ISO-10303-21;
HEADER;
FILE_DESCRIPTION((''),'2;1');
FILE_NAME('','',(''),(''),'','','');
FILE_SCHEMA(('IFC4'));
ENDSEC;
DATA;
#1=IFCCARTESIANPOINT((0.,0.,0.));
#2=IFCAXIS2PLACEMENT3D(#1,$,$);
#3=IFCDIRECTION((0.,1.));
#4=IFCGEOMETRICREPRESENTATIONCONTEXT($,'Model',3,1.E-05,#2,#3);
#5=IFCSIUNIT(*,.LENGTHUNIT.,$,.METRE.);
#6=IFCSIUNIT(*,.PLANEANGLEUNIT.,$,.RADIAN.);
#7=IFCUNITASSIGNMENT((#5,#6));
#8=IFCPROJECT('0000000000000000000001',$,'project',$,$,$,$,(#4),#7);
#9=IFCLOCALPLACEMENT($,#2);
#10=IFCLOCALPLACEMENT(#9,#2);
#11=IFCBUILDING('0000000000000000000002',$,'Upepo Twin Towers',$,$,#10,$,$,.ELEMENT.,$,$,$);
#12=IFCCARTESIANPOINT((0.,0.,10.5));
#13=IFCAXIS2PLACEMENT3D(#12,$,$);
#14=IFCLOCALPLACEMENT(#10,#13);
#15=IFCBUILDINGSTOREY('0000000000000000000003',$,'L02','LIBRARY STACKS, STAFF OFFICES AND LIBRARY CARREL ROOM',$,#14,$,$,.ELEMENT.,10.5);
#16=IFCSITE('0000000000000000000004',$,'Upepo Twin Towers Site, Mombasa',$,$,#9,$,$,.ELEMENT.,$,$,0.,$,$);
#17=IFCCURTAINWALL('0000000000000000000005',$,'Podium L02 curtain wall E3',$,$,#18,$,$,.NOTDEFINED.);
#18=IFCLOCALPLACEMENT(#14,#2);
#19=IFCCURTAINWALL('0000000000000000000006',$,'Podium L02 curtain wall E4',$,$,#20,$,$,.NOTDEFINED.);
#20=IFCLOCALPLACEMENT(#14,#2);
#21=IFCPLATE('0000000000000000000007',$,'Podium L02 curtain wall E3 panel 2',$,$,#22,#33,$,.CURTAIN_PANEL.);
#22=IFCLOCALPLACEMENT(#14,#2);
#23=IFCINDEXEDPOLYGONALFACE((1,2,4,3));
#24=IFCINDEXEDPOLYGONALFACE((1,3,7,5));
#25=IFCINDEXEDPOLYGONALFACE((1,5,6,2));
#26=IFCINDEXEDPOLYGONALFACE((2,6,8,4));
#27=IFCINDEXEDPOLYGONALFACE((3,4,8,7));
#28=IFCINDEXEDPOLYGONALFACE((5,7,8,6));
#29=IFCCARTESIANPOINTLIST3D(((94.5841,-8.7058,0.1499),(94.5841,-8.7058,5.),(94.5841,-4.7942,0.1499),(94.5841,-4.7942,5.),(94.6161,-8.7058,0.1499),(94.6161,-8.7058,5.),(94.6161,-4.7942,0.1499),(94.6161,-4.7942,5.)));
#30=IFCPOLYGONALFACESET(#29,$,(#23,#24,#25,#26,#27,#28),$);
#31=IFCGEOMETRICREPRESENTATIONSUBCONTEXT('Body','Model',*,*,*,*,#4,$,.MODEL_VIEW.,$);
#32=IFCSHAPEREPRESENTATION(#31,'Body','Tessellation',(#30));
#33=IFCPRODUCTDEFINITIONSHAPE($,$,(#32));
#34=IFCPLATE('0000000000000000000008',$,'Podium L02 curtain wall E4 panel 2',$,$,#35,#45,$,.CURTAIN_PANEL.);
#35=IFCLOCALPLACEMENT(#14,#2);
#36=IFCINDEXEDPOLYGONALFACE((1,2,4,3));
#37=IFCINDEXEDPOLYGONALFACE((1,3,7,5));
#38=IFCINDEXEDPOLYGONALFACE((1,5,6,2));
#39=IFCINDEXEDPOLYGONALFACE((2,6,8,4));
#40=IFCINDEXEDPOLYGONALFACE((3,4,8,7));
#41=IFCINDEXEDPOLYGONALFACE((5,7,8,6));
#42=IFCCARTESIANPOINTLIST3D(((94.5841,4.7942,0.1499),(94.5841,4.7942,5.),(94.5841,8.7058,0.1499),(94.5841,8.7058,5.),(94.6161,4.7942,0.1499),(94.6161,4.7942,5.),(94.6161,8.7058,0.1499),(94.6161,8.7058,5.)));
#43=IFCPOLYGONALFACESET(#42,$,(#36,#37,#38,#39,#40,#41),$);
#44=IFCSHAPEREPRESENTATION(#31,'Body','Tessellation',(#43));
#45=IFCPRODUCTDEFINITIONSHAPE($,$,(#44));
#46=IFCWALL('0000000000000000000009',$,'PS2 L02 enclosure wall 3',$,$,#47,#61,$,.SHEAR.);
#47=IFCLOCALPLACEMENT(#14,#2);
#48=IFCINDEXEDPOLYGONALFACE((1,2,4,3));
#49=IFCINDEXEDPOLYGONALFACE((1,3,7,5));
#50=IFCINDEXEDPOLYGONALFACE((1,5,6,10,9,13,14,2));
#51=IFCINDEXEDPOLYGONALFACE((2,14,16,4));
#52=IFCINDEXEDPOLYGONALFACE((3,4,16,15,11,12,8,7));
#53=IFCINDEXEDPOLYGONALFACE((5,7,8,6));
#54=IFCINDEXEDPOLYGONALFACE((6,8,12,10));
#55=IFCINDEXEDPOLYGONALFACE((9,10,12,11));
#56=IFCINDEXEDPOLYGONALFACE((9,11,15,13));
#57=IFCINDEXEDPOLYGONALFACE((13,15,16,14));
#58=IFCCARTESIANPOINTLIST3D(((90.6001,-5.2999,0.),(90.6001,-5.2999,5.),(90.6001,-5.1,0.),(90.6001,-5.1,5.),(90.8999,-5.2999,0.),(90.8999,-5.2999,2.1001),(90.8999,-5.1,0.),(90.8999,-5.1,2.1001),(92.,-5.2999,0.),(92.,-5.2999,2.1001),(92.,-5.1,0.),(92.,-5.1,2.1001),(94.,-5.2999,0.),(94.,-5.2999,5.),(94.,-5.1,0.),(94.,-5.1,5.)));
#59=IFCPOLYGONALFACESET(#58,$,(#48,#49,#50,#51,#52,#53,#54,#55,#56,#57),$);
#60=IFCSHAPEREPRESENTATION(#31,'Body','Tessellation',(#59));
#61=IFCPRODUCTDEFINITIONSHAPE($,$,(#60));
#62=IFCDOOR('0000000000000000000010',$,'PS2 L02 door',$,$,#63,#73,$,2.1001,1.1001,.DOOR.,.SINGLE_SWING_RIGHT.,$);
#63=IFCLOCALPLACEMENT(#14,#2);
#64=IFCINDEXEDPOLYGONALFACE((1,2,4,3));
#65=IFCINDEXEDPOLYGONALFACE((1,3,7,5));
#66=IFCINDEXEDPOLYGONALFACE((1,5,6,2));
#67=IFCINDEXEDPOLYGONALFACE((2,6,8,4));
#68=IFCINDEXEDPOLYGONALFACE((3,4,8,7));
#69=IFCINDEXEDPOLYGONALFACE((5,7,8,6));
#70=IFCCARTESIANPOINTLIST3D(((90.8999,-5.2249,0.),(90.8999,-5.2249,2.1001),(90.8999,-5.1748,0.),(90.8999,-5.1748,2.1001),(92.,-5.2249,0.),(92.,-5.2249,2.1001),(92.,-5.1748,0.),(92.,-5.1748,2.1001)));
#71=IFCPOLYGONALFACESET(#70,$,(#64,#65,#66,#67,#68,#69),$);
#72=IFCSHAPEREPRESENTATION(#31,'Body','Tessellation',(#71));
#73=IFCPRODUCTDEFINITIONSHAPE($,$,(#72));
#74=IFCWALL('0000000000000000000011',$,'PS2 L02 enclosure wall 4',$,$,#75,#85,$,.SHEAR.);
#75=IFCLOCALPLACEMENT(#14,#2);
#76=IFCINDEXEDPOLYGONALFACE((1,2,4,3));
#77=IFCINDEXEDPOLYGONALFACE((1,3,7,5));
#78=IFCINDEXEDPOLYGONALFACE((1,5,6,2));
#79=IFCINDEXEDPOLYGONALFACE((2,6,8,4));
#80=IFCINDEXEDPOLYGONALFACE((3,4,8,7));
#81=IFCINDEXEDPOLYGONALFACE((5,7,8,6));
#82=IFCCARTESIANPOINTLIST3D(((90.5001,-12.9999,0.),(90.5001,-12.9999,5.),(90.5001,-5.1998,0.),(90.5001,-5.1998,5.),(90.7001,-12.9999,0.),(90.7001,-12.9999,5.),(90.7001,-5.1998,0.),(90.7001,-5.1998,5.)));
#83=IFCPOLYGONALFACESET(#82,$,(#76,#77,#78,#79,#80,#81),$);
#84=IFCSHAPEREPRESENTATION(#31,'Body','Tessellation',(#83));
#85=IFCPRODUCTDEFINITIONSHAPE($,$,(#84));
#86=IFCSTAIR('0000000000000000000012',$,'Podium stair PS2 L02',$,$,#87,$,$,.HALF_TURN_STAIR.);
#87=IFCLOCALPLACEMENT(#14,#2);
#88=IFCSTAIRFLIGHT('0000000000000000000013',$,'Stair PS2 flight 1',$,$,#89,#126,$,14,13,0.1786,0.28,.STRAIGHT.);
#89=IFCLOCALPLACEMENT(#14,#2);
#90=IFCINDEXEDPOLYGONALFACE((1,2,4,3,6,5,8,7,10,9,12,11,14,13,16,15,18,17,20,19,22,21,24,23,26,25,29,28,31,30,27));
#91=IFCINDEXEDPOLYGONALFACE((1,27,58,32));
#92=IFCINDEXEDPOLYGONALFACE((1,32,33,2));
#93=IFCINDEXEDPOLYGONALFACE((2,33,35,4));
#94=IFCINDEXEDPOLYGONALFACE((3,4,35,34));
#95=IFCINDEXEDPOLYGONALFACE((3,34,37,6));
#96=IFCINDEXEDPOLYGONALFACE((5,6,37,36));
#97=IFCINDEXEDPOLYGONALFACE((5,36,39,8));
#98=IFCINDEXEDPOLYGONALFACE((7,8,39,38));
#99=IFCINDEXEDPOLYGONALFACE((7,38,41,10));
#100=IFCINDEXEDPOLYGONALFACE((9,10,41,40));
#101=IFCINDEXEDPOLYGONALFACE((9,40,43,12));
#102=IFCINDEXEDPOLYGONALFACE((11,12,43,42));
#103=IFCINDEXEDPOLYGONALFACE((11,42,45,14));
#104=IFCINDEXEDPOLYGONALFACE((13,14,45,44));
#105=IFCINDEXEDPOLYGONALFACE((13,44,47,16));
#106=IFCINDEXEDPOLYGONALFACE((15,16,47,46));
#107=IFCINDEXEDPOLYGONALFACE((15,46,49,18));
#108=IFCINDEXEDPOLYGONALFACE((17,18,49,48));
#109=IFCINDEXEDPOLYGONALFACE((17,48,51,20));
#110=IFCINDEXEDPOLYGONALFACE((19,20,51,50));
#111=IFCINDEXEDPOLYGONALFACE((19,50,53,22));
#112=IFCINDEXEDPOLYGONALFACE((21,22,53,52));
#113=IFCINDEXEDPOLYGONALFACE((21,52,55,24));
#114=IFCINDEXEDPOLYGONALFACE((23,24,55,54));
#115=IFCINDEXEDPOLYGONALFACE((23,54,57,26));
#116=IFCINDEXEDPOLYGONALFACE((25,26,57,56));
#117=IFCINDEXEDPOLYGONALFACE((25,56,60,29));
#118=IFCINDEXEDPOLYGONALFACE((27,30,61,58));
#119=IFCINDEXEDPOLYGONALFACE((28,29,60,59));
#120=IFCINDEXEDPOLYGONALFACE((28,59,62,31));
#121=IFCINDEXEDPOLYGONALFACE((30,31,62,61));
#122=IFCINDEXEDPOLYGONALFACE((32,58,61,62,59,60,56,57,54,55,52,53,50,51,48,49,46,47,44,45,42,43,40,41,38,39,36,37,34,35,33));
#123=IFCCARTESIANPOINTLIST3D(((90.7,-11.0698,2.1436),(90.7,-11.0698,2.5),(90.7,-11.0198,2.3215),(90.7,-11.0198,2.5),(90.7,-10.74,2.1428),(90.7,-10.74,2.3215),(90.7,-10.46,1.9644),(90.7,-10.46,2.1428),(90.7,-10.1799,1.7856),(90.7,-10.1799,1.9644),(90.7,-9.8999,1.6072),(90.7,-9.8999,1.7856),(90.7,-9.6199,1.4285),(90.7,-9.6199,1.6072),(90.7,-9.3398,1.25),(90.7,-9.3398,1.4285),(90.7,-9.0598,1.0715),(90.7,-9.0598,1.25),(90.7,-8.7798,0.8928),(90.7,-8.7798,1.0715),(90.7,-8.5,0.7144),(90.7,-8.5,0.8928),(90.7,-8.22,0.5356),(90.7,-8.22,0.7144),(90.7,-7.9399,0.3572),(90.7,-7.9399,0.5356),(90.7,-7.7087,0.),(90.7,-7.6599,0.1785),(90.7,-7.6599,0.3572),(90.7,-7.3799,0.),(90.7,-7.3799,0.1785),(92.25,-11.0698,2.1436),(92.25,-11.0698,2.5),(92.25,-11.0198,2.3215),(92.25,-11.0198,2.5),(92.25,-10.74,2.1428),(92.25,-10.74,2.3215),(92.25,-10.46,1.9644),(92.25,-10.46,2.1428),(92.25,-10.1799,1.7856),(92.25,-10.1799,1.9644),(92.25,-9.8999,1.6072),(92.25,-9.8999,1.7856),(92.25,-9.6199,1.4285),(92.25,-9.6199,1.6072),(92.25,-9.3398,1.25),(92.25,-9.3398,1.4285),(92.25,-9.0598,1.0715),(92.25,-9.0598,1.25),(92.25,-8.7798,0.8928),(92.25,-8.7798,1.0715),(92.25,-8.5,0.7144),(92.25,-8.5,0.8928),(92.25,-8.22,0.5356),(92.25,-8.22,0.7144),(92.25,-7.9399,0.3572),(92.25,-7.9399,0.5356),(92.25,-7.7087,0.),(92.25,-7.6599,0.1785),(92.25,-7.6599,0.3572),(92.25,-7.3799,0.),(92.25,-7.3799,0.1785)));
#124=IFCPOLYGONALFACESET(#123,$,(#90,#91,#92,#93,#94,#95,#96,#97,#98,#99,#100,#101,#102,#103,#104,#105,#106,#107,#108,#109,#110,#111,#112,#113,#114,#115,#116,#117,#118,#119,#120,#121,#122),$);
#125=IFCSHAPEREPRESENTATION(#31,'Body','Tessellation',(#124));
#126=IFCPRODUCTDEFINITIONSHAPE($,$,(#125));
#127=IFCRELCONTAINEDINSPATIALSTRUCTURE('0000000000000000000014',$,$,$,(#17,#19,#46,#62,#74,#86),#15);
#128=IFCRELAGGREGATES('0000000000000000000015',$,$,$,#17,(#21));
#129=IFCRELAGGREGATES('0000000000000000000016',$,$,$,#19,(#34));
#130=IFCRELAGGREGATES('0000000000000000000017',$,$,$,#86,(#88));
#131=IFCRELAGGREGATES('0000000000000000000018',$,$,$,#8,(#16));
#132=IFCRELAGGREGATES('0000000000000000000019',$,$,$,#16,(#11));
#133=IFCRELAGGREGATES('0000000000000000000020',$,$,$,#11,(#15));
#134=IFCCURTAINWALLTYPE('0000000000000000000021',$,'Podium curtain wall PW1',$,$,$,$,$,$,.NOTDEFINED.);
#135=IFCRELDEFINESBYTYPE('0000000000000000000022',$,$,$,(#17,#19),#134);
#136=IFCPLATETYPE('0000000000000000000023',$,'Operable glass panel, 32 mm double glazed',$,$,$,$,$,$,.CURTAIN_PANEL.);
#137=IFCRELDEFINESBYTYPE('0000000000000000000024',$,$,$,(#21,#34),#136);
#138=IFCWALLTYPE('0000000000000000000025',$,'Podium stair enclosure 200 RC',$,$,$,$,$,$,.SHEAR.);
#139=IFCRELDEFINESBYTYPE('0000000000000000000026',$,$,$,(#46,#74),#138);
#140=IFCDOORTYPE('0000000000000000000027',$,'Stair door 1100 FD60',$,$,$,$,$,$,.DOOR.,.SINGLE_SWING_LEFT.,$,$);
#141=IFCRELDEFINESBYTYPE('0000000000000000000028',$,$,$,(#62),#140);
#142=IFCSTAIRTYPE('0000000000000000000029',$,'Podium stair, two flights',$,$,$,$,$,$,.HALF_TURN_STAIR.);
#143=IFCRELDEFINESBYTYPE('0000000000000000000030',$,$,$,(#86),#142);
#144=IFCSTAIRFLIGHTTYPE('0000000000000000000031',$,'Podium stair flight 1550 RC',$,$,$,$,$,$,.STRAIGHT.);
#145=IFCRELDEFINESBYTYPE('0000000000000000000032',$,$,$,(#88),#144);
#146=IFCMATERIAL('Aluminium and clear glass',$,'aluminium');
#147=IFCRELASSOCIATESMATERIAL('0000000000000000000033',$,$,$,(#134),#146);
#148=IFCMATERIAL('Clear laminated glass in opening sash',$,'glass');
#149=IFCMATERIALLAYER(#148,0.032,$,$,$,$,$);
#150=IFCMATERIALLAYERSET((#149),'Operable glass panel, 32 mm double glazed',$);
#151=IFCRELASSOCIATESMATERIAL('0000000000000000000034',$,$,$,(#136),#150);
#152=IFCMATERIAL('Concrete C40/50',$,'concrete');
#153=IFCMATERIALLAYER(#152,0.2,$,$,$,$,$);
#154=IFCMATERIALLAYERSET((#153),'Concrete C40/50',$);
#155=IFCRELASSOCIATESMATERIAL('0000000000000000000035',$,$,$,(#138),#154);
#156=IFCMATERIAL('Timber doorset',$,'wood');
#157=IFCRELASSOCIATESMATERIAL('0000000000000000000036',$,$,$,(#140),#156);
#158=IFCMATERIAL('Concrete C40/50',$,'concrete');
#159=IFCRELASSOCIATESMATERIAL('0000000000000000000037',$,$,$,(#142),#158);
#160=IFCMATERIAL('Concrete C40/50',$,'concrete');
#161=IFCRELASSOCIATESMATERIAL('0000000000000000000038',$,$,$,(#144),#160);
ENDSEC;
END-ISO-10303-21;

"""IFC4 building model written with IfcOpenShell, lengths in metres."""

from ifc_helpers import new_model, si_unit, direction, frame, frame_2d, origin, origin_2d, place, context, subcontext, project, spatial, polyline, rectangle, outline, extrude, material, layer, layer_set, type_object, element, fill, aggregate, save


model = new_model("IFC4")

# Units and contexts
model_context = context("Model", 3, precision=1e-05, world=origin(), true_north=direction((0.0, 1.0)))
body_context = subcontext(model_context, "Body", "Model", "MODEL_VIEW")
ifc_project = project(units=[si_unit("LENGTHUNIT", "METRE"), si_unit("PLANEANGLEUNIT", "RADIAN")], contexts=[model_context])

# Site, building, storey
site_placement = place(None, origin())
site = spatial("IfcSite", under=ifc_project, at=site_placement, Name="Upepo Twin Towers Site, Mombasa", CompositionType="ELEMENT", RefElevation=0.0)
building_placement = place(site_placement, origin())
building = spatial("IfcBuilding", under=site, at=building_placement, Name="Upepo Twin Towers", CompositionType="ELEMENT")
storey_placement = place(building_placement, frame((0.0, 0.0, 10.5)))
storey = spatial("IfcBuildingStorey", under=building, at=storey_placement, Name="L02", Description="LIBRARY STACKS, STAFF OFFICES AND LIBRARY CARREL ROOM", CompositionType="ELEMENT", Elevation=10.5)

# Curtain walls
ifc_material_1 = material(Name="Aluminium and clear glass", Category="aluminium")
curtain_wall_type = type_object("IfcCurtainWallType", Name="Podium curtain wall PW1", PredefinedType="NOTDEFINED", material=ifc_material_1)
curtain_wall_1_placement = place(storey_placement, origin())
curtain_wall_1 = element("IfcCurtainWall", 1, at=curtain_wall_1_placement, inside=storey, type_object=curtain_wall_type, Name="Podium L02 curtain wall E3", PredefinedType="NOTDEFINED")
curtain_wall_2_placement = place(storey_placement, origin())
curtain_wall_2 = element("IfcCurtainWall", 2, at=curtain_wall_2_placement, inside=storey, type_object=curtain_wall_type, Name="Podium L02 curtain wall E4", PredefinedType="NOTDEFINED")

# Plates
ifc_material_2 = material(Name="Clear laminated glass in opening sash", Category="glass")
ifc_layer_1 = layer(ifc_material_2, 0.032)
ifc_layer_set_1 = layer_set([ifc_layer_1], Name="Operable glass panel, 32 mm double glazed")
plate_type_1 = type_object("IfcPlateType", Name="Operable glass panel, 32 mm double glazed", PredefinedType="CURTAIN_PANEL", material=ifc_layer_set_1)
plate_1_placement = place(storey_placement, frame((94.6001, -6.75, 0.1499), z_axis=(0.0, 0.0, 1.0), x_axis=(0.0, 1.0, 0.0)))
plate_1 = element("IfcPlate", 3, at=plate_1_placement, type_object=plate_type_1, Name="Podium L02 curtain wall E3 panel 2", PredefinedType="CURTAIN_PANEL", context=body_context, shape_type="SweptSolid", body=[
    extrude(rectangle(XDim=3.9116, YDim=0.032, at=origin_2d()), origin(), (0.0, 0.0, 1.0), 4.8501),
])
aggregate(curtain_wall_1, [plate_1])
plate_2_placement = place(storey_placement, frame((94.6001, 6.75, 0.1499), z_axis=(0.0, 0.0, 1.0), x_axis=(0.0, 1.0, 0.0)))
plate_2 = element("IfcPlate", 4, at=plate_2_placement, type_object=plate_type_1, Name="Podium L02 curtain wall E4 panel 2", PredefinedType="CURTAIN_PANEL", context=body_context, shape_type="SweptSolid", body=[
    extrude(rectangle(XDim=3.9116, YDim=0.032, at=origin_2d()), origin(), (0.0, 0.0, 1.0), 4.8501),
])
aggregate(curtain_wall_2, [plate_2])

# Wall, opening, door
ifc_material_3 = material(Name="Concrete C40/50", Category="concrete")
ifc_layer_2 = layer(ifc_material_3, 0.2)
ifc_layer_set_2 = layer_set([ifc_layer_2], Name="Concrete C40/50")
wall_type = type_object("IfcWallType", Name="Podium stair enclosure 200 RC", PredefinedType="SHEAR", material=ifc_layer_set_2)
wall_1_placement = place(storey_placement, frame((94.0, -5.2, 0.0), z_axis=(0.0, 0.0, 1.0), x_axis=(-1.0, 0.0, 0.0)))
wall_1 = element("IfcWall", 5, at=wall_1_placement, inside=storey, type_object=wall_type, Name="PS2 L02 enclosure wall 3", PredefinedType="SHEAR", context=body_context, shape_type="SweptSolid", body=[
    extrude(rectangle(XDim=3.3999, YDim=0.2, at=frame_2d((1.7, 0.0))), origin(), (0.0, 0.0, 1.0), 5.0),
])
opening_placement = place(wall_1_placement, frame((2.0, 0.0, 0.0)))
opening = element("IfcOpeningElement", 6, at=opening_placement, cuts=wall_1, PredefinedType="OPENING", context=body_context, shape_type="SweptSolid", body=[
    extrude(rectangle(XDim=1.1001, YDim=2.1001, at=frame_2d((0.55, 1.05))), frame((0.0, 0.1099, 0.0), z_axis=(0.0, -1.0, 0.0), x_axis=(1.0, 0.0, 0.0)), (0.0, 0.0, 1.0), 0.22),
])
ifc_material_4 = material(Name="Timber doorset", Category="wood")
door_type = type_object("IfcDoorType", Name="Stair door 1100 FD60", OperationType="SINGLE_SWING_LEFT", PredefinedType="DOOR", material=ifc_material_4)
door_placement = place(opening_placement, origin())
door = element("IfcDoor", 7, at=door_placement, inside=storey, type_object=door_type, Name="PS2 L02 door", OperationType="SINGLE_SWING_RIGHT", OverallHeight=2.1001, OverallWidth=1.1001, PredefinedType="DOOR", context=body_context, shape_type="SweptSolid", body=[
    extrude(rectangle(XDim=1.1001, YDim=2.1001, at=frame_2d((0.55, 1.05))), frame((0.0, 0.0249, 0.0), z_axis=(0.0, -1.0, 0.0), x_axis=(1.0, 0.0, 0.0)), (0.0, 0.0, 1.0), 0.05),
])
fill(opening, door)

# Wall
wall_2_placement = place(storey_placement, frame((90.6001, -5.2, 0.0), z_axis=(0.0, 0.0, 1.0), x_axis=(0.0, -1.0, 0.0)))
element("IfcWall", 8, at=wall_2_placement, inside=storey, type_object=wall_type, Name="PS2 L02 enclosure wall 4", PredefinedType="SHEAR", context=body_context, shape_type="SweptSolid", body=[
    extrude(rectangle(XDim=7.8, YDim=0.2, at=frame_2d((3.8999, 0.0))), origin(), (0.0, 0.0, 1.0), 5.0),
])

# Stair, stair flight
ifc_material_5 = material(Name="Concrete C40/50", Category="concrete")
stair_type = type_object("IfcStairType", Name="Podium stair, two flights", PredefinedType="HALF_TURN_STAIR", material=ifc_material_5)
stair_placement = place(storey_placement, origin())
stair = element("IfcStair", 9, at=stair_placement, inside=storey, type_object=stair_type, Name="Podium stair PS2 L02", PredefinedType="HALF_TURN_STAIR")
ifc_material_6 = material(Name="Concrete C40/50", Category="concrete")
stair_flight_type = type_object("IfcStairFlightType", Name="Podium stair flight 1550 RC", PredefinedType="STRAIGHT", material=ifc_material_6)
stair_flight_placement = place(storey_placement, frame((91.4751, -7.3799, 0.0), z_axis=(0.0, 0.0, 1.0), x_axis=(0.0, -1.0, 0.0)))
stair_flight = element("IfcStairFlight", 10, at=stair_flight_placement, type_object=stair_flight_type, Name="Stair PS2 flight 1", NumberOfRisers=14, NumberOfTreads=13, PredefinedType="STRAIGHT", RiserHeight=0.1786, TreadLength=0.28, context=body_context, shape_type="SweptSolid", body=[
    extrude(outline(polyline([(0.0, 0.0), (0.0, 0.1785), (0.28, 0.1785), (0.28, 0.3572), (0.5601, 0.3572), (0.5601, 0.5356), (0.8401, 0.5356), (0.8401, 0.7144), (1.1201, 0.7144), (1.1201, 0.8928), (1.3999, 0.8928), (1.3999, 1.0715), (1.6799, 1.0715), (1.6799, 1.25), (1.96, 1.25), (1.96, 1.4285), (2.24, 1.4285), (2.24, 1.6072), (2.52, 1.6072), (2.52, 1.7856), (2.8, 1.7856), (2.8, 1.9644), (3.0801, 1.9644), (3.0801, 2.1428), (3.3601, 2.1428), (3.3601, 2.3215), (3.6399, 2.3215), (3.6399, 2.5), (3.6899, 2.5), (3.6899, 2.1436), (0.3289, 0.0), (0.0, 0.0)])), frame((0.0, 0.7749, 0.0), z_axis=(0.0, -1.0, 0.0), x_axis=(1.0, 0.0, 0.0)), (0.0, 0.0, 1.0), 1.55),
])
aggregate(stair, [stair_flight])

save(model, "model.ifc")
